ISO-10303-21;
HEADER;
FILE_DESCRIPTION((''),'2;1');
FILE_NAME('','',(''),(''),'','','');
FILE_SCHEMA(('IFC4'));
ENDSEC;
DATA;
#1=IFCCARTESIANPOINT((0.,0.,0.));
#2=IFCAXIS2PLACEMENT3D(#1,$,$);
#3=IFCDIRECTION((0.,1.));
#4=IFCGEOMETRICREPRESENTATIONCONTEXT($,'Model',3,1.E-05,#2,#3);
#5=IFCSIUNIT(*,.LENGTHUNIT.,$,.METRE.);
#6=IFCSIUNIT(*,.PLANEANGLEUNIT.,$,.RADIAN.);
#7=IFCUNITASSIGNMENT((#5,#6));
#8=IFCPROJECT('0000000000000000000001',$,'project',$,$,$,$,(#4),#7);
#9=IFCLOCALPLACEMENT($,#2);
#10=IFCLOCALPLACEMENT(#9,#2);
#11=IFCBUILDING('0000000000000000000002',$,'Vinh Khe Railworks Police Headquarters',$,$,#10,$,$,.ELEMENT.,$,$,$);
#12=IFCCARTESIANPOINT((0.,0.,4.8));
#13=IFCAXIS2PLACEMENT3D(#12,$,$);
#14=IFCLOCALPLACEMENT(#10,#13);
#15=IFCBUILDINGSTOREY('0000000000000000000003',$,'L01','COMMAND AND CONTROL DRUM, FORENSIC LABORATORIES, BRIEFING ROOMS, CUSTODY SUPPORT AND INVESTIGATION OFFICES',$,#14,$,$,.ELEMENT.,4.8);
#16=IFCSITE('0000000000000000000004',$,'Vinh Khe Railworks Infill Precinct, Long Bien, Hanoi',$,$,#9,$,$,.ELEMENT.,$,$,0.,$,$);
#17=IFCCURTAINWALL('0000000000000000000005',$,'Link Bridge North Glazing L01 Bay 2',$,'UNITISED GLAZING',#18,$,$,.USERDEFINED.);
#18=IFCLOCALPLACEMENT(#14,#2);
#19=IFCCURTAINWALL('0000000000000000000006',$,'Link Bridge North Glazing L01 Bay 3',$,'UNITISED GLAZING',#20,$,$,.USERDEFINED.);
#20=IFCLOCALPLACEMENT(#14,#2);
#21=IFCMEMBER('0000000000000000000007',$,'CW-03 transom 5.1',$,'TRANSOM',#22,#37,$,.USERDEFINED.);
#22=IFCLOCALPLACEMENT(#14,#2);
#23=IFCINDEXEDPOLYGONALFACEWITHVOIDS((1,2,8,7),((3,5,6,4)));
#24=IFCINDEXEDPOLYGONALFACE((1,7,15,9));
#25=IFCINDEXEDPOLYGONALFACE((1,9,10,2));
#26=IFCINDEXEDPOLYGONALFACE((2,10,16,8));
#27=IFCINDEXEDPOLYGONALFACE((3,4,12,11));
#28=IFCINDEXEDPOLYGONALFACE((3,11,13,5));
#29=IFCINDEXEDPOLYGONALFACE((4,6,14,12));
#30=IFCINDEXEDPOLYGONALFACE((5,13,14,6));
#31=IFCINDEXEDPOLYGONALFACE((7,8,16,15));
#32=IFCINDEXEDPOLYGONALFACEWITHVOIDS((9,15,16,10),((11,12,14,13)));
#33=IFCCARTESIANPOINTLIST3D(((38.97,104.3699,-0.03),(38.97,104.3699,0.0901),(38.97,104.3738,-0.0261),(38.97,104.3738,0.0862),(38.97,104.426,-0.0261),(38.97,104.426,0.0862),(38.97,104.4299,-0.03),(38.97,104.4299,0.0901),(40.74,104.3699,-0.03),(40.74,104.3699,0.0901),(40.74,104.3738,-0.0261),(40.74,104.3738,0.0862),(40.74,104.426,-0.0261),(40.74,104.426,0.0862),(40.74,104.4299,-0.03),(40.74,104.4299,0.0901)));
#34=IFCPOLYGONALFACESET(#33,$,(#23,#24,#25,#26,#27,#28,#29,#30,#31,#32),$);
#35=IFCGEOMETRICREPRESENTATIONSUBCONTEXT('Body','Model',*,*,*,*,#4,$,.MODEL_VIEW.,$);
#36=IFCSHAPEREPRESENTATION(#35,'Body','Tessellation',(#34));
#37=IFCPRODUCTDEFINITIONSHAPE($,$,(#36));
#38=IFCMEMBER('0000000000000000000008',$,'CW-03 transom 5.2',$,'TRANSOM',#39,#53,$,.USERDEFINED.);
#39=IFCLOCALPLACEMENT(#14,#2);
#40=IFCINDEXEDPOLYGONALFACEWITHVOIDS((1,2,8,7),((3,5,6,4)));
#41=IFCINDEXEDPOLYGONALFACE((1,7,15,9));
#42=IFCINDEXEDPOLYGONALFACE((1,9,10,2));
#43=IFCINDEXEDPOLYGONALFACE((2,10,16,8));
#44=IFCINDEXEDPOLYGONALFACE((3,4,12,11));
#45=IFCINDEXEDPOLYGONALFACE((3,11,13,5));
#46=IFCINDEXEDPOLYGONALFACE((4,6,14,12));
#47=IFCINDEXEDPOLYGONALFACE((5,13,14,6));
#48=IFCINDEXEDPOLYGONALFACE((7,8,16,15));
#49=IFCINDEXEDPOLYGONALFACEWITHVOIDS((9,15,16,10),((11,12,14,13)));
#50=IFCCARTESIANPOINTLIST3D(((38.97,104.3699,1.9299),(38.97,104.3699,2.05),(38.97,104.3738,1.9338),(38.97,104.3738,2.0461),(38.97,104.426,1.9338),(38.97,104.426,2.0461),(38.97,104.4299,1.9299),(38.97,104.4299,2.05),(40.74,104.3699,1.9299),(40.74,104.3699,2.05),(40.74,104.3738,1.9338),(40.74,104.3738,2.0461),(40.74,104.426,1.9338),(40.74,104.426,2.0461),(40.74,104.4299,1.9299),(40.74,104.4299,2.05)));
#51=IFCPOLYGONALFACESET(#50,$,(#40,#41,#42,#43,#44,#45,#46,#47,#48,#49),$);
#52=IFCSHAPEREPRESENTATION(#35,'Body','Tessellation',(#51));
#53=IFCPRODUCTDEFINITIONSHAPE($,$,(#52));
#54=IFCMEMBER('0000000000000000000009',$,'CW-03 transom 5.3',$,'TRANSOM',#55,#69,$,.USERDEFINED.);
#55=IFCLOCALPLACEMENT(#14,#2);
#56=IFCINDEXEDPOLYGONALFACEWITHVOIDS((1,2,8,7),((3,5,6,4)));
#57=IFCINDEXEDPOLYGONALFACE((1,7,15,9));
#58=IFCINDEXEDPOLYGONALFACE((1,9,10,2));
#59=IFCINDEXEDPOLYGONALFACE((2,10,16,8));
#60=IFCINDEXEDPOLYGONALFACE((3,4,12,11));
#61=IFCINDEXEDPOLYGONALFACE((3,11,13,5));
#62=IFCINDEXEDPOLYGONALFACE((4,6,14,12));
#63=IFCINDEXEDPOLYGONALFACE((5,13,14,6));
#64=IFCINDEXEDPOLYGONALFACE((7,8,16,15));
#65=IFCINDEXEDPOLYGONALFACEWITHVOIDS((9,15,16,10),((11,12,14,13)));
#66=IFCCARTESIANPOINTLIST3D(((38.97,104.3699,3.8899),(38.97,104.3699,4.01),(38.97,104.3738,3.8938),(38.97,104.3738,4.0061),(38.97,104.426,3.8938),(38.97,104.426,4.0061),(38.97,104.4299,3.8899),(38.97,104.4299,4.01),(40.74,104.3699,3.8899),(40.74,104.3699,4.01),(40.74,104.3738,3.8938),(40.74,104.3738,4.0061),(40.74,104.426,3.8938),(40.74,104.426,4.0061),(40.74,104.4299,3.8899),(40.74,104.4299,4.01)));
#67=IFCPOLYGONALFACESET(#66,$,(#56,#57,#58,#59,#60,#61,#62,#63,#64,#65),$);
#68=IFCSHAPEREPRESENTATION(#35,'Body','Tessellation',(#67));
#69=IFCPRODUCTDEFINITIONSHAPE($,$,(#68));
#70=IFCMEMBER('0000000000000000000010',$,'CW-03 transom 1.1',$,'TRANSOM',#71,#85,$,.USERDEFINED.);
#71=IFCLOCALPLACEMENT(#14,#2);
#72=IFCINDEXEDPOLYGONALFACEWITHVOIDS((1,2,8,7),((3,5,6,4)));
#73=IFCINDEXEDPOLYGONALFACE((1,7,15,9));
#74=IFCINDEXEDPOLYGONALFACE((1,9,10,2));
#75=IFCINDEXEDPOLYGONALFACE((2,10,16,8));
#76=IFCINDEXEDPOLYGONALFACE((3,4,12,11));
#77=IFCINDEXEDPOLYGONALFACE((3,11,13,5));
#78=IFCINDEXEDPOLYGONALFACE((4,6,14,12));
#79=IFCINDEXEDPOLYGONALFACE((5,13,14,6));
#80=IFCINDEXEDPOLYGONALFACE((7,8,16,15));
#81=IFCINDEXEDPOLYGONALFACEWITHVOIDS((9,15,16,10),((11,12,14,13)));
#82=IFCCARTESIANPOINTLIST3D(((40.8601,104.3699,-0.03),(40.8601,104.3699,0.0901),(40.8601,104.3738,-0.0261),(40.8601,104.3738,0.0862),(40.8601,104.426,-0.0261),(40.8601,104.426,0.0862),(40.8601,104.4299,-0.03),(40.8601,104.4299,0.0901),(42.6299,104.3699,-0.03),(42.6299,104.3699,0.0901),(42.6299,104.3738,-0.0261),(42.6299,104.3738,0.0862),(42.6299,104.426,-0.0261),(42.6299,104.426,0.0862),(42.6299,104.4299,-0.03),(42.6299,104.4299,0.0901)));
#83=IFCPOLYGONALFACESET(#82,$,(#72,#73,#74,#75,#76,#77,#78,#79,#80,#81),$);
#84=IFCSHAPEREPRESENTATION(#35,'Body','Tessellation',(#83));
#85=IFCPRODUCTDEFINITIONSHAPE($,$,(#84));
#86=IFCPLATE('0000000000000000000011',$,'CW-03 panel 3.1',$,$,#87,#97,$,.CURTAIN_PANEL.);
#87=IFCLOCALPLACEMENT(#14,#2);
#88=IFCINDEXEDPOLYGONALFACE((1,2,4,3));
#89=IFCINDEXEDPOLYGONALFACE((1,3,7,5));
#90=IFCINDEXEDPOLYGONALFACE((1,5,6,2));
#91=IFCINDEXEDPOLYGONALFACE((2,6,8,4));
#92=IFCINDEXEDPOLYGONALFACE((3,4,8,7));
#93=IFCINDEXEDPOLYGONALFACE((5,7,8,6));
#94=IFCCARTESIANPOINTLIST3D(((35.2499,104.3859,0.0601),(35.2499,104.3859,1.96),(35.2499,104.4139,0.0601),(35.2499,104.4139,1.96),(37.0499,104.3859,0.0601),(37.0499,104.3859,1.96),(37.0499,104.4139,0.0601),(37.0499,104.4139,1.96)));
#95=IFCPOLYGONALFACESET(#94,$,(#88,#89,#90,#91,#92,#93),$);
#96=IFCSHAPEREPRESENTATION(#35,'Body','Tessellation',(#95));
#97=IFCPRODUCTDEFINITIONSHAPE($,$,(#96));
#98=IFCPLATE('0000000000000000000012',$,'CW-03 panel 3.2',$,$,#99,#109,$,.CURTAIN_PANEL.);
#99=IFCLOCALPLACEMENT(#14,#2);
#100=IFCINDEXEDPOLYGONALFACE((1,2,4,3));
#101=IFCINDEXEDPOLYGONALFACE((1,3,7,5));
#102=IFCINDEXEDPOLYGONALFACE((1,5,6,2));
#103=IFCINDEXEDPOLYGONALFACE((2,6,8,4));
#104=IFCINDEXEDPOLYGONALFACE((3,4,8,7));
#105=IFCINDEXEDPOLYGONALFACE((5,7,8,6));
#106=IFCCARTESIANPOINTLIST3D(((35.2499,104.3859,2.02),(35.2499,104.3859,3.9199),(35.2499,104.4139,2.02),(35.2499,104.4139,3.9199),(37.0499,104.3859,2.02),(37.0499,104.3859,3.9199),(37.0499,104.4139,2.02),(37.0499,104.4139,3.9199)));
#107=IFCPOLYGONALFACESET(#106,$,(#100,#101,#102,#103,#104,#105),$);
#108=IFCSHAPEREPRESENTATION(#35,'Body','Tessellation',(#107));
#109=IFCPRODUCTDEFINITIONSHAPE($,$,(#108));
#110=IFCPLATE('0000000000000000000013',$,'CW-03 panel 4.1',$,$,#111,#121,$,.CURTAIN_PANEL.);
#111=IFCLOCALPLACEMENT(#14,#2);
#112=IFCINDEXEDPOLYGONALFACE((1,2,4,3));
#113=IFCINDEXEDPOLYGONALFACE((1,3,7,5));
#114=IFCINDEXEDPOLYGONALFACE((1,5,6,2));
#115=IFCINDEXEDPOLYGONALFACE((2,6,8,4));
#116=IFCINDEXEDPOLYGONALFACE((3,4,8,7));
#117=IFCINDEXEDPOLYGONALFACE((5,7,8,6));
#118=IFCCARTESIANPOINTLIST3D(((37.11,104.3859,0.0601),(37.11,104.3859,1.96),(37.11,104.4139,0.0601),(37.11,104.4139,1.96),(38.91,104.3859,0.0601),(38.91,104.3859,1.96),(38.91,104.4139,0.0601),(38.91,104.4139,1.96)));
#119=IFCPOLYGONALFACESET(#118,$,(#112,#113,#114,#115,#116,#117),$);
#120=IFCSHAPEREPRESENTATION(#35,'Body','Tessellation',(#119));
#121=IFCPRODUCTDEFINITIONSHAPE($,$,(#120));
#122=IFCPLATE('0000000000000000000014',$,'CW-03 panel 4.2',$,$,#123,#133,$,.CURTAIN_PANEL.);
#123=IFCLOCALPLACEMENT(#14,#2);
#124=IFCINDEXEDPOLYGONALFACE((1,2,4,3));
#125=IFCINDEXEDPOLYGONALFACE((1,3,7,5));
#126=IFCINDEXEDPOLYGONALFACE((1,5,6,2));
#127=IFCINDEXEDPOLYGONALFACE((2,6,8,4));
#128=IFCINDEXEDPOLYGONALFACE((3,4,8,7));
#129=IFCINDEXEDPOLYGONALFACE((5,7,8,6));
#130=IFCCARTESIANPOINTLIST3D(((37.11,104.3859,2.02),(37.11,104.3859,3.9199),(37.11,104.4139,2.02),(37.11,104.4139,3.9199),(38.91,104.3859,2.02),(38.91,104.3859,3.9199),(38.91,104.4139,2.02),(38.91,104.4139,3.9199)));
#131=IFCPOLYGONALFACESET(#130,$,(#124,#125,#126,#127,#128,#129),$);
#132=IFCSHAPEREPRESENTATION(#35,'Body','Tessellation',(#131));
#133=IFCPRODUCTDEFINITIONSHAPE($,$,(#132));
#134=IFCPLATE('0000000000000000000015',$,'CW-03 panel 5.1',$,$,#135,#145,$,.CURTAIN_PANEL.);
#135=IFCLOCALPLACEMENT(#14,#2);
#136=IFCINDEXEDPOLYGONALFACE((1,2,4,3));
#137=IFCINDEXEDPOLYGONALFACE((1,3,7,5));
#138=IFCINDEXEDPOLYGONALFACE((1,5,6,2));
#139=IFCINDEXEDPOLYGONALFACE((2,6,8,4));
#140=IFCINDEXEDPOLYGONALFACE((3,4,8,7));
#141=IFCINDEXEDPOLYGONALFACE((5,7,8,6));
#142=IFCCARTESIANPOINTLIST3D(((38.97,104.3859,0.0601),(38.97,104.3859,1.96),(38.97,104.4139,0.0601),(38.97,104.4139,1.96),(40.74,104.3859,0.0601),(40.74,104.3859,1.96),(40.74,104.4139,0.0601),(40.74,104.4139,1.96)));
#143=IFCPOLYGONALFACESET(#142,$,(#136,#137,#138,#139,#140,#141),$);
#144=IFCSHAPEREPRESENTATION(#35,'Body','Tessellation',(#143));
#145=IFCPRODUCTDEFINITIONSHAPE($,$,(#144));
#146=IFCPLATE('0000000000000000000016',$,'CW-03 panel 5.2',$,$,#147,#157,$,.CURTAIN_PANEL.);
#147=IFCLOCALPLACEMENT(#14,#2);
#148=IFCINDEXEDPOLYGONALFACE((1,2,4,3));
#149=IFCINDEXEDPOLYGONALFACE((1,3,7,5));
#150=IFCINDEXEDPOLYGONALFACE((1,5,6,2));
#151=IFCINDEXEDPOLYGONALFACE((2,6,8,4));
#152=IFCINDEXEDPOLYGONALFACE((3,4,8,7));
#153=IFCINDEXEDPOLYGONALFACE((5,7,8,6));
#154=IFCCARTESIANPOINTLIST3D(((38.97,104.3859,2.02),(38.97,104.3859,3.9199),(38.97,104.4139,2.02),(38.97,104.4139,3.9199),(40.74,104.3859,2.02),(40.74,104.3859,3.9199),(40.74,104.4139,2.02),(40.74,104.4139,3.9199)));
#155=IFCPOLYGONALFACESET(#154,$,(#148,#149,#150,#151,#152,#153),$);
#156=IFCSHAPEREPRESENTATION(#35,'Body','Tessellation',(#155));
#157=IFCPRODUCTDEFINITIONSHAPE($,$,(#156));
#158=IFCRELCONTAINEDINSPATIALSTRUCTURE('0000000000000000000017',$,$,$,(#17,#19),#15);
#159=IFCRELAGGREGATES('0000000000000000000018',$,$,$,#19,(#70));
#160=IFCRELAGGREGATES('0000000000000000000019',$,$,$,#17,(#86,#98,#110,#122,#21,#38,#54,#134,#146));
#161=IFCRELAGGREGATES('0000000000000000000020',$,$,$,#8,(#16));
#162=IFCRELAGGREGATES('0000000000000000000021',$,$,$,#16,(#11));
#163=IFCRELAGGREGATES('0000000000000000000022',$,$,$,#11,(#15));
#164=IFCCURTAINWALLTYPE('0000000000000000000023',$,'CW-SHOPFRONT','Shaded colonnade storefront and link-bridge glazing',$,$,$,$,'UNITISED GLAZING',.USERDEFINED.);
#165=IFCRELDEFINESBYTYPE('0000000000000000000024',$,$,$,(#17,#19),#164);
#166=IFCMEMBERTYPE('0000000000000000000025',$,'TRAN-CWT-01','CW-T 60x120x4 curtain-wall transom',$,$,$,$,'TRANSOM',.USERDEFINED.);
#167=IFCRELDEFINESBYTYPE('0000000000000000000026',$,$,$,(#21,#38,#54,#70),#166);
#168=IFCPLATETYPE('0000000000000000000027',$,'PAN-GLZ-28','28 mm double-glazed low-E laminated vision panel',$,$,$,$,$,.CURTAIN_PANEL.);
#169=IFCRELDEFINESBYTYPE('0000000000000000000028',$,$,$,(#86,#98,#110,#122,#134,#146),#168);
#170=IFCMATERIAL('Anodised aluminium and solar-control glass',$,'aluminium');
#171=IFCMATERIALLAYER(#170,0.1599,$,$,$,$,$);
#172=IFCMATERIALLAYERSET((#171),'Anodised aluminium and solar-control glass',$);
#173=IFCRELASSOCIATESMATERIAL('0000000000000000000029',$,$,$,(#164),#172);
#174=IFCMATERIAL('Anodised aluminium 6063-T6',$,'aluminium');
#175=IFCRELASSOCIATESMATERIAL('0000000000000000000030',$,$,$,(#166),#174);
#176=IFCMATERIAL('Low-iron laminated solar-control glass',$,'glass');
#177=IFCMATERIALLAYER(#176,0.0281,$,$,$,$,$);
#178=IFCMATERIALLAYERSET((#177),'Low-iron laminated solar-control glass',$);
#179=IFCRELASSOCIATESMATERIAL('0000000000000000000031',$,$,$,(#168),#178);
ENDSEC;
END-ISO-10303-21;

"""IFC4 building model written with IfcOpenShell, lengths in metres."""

from ifc_helpers import new_model, si_unit, direction, frame, origin, origin_2d, place, context, subcontext, project, spatial, rectangle, hollow_rectangle, extrude, material, layer, layer_set, material_profile, profile_set, type_object, element, aggregate, save


model = new_model("IFC4")

# Units and contexts
model_context = context("Model", 3, precision=1e-05, world=origin(), true_north=direction((0.0, 1.0)))
body_context = subcontext(model_context, "Body", "Model", "MODEL_VIEW")
ifc_project = project(units=[si_unit("LENGTHUNIT", "METRE"), si_unit("PLANEANGLEUNIT", "RADIAN")], contexts=[model_context])

# Site, building, storey
site_placement = place(None, origin())
site = spatial("IfcSite", under=ifc_project, at=site_placement, Name="Vinh Khe Railworks Infill Precinct, Long Bien, Hanoi", CompositionType="ELEMENT", RefElevation=0.0)
building_placement = place(site_placement, origin())
building = spatial("IfcBuilding", under=site, at=building_placement, Name="Vinh Khe Railworks Police Headquarters", CompositionType="ELEMENT")
storey_placement = place(building_placement, frame((0.0, 0.0, 4.8)))
storey = spatial("IfcBuildingStorey", under=building, at=storey_placement, Name="L01", Description="COMMAND AND CONTROL DRUM, FORENSIC LABORATORIES, BRIEFING ROOMS, CUSTODY SUPPORT AND INVESTIGATION OFFICES", CompositionType="ELEMENT", Elevation=4.8)

# Curtain wall
ifc_material_1 = material(Name="Anodised aluminium and solar-control glass", Category="aluminium")
ifc_layer_1 = layer(ifc_material_1, 0.1599)
ifc_layer_set_1 = layer_set([ifc_layer_1], Name="Anodised aluminium and solar-control glass")
curtain_wall_type = type_object("IfcCurtainWallType", Name="CW-SHOPFRONT", Description="Shaded colonnade storefront and link-bridge glazing", ElementType="UNITISED GLAZING", PredefinedType="USERDEFINED", material=ifc_layer_set_1)
curtain_wall_1_placement = place(storey_placement, origin())
curtain_wall_1 = element("IfcCurtainWall", 1, at=curtain_wall_1_placement, inside=storey, type_object=curtain_wall_type, Name="Link Bridge North Glazing L01 Bay 2", ObjectType="UNITISED GLAZING", PredefinedType="USERDEFINED")
ifc_material_2 = material(Name="Anodised aluminium 6063-T6", Category="aluminium")

# Curtain wall
curtain_wall_2_placement = place(storey_placement, origin())
curtain_wall_2 = element("IfcCurtainWall", 2, at=curtain_wall_2_placement, inside=storey, type_object=curtain_wall_type, Name="Link Bridge North Glazing L01 Bay 3", ObjectType="UNITISED GLAZING", PredefinedType="USERDEFINED")

# Members
ifc_material_profile_1 = material_profile(ifc_material_2, hollow_rectangle(XDim=0.0601, YDim=0.1201, WallThickness=0.0039, at=origin_2d()), Name="CW-T 60x120x4")
ifc_profile_set_1 = profile_set([ifc_material_profile_1], Name="Anodised aluminium 6063-T6")
member_type_1 = type_object("IfcMemberType", Name="TRAN-CWT-01", Description="CW-T 60x120x4 curtain-wall transom", ElementType="TRANSOM", PredefinedType="USERDEFINED", material=ifc_profile_set_1)
member_1_placement = place(storey_placement, frame((38.97, 104.3999, 0.03), z_axis=(1.0, 0.0, 0.0), x_axis=(0.0, 1.0, 0.0)))
member_1 = element("IfcMember", 3, at=member_1_placement, type_object=member_type_1, Name="CW-03 transom 5.1", ObjectType="TRANSOM", PredefinedType="USERDEFINED", context=body_context, shape_type="SweptSolid", body=[
    extrude(hollow_rectangle(XDim=0.0601, YDim=0.1201, WallThickness=0.0039, at=origin_2d()), origin(), (0.0, 0.0, 1.0), 1.77),
])
member_2_placement = place(storey_placement, frame((38.97, 104.3999, 1.99), z_axis=(1.0, 0.0, 0.0), x_axis=(0.0, 1.0, 0.0)))
member_2 = element("IfcMember", 4, at=member_2_placement, type_object=member_type_1, Name="CW-03 transom 5.2", ObjectType="TRANSOM", PredefinedType="USERDEFINED", context=body_context, shape_type="SweptSolid", body=[
    extrude(hollow_rectangle(XDim=0.0601, YDim=0.1201, WallThickness=0.0039, at=origin_2d()), origin(), (0.0, 0.0, 1.0), 1.77),
])
member_3_placement = place(storey_placement, frame((38.97, 104.3999, 3.95), z_axis=(1.0, 0.0, 0.0), x_axis=(0.0, 1.0, 0.0)))
member_3 = element("IfcMember", 5, at=member_3_placement, type_object=member_type_1, Name="CW-03 transom 5.3", ObjectType="TRANSOM", PredefinedType="USERDEFINED", context=body_context, shape_type="SweptSolid", body=[
    extrude(hollow_rectangle(XDim=0.0601, YDim=0.1201, WallThickness=0.0039, at=origin_2d()), origin(), (0.0, 0.0, 1.0), 1.77),
])
member_4_placement = place(storey_placement, frame((40.8601, 104.3999, 0.03), z_axis=(1.0, 0.0, 0.0), x_axis=(0.0, 1.0, 0.0)))
member_4 = element("IfcMember", 6, at=member_4_placement, type_object=member_type_1, Name="CW-03 transom 1.1", ObjectType="TRANSOM", PredefinedType="USERDEFINED", context=body_context, shape_type="SweptSolid", body=[
    extrude(hollow_rectangle(XDim=0.0601, YDim=0.1201, WallThickness=0.0039, at=origin_2d()), origin(), (0.0, 0.0, 1.0), 1.7698),
])
aggregate(curtain_wall_2, [member_4])

# Plates
ifc_material_3 = material(Name="Low-iron laminated solar-control glass", Category="glass")
ifc_layer_2 = layer(ifc_material_3, 0.0281)
ifc_layer_set_2 = layer_set([ifc_layer_2], Name="Low-iron laminated solar-control glass")
plate_type = type_object("IfcPlateType", Name="PAN-GLZ-28", Description="28 mm double-glazed low-E laminated vision panel", PredefinedType="CURTAIN_PANEL", material=ifc_layer_set_2)
plate_1_placement = place(storey_placement, frame((36.1499, 104.3999, 0.0601), z_axis=(0.0, 0.0, 1.0), x_axis=(1.0, 0.0, 0.0)))
plate_1 = element("IfcPlate", 7, at=plate_1_placement, type_object=plate_type, Name="CW-03 panel 3.1", PredefinedType="CURTAIN_PANEL", context=body_context, shape_type="SweptSolid", body=[
    extrude(rectangle(XDim=1.8, YDim=0.0281, at=origin_2d()), origin(), (0.0, 0.0, 1.0), 1.8999),
])
plate_2_placement = place(storey_placement, frame((36.1499, 104.3999, 2.02), z_axis=(0.0, 0.0, 1.0), x_axis=(1.0, 0.0, 0.0)))
plate_2 = element("IfcPlate", 8, at=plate_2_placement, type_object=plate_type, Name="CW-03 panel 3.2", PredefinedType="CURTAIN_PANEL", context=body_context, shape_type="SweptSolid", body=[
    extrude(rectangle(XDim=1.8, YDim=0.0281, at=origin_2d()), origin(), (0.0, 0.0, 1.0), 1.8999),
])
plate_3_placement = place(storey_placement, frame((38.01, 104.3999, 0.0601), z_axis=(0.0, 0.0, 1.0), x_axis=(1.0, 0.0, 0.0)))
plate_3 = element("IfcPlate", 9, at=plate_3_placement, type_object=plate_type, Name="CW-03 panel 4.1", PredefinedType="CURTAIN_PANEL", context=body_context, shape_type="SweptSolid", body=[
    extrude(rectangle(XDim=1.8, YDim=0.0281, at=origin_2d()), origin(), (0.0, 0.0, 1.0), 1.8999),
])
plate_4_placement = place(storey_placement, frame((38.01, 104.3999, 2.02), z_axis=(0.0, 0.0, 1.0), x_axis=(1.0, 0.0, 0.0)))
plate_4 = element("IfcPlate", 10, at=plate_4_placement, type_object=plate_type, Name="CW-03 panel 4.2", PredefinedType="CURTAIN_PANEL", context=body_context, shape_type="SweptSolid", body=[
    extrude(rectangle(XDim=1.8, YDim=0.0281, at=origin_2d()), origin(), (0.0, 0.0, 1.0), 1.8999),
])
plate_5_placement = place(storey_placement, frame((39.855, 104.3999, 0.0601), z_axis=(0.0, 0.0, 1.0), x_axis=(1.0, 0.0, 0.0)))
plate_5 = element("IfcPlate", 11, at=plate_5_placement, type_object=plate_type, Name="CW-03 panel 5.1", PredefinedType="CURTAIN_PANEL", context=body_context, shape_type="SweptSolid", body=[
    extrude(rectangle(XDim=1.77, YDim=0.0281, at=origin_2d()), origin(), (0.0, 0.0, 1.0), 1.8999),
])
plate_6_placement = place(storey_placement, frame((39.855, 104.3999, 2.02), z_axis=(0.0, 0.0, 1.0), x_axis=(1.0, 0.0, 0.0)))
plate_6 = element("IfcPlate", 12, at=plate_6_placement, type_object=plate_type, Name="CW-03 panel 5.2", PredefinedType="CURTAIN_PANEL", context=body_context, shape_type="SweptSolid", body=[
    extrude(rectangle(XDim=1.77, YDim=0.0281, at=origin_2d()), origin(), (0.0, 0.0, 1.0), 1.8999),
])
aggregate(curtain_wall_1, [plate_1, plate_2, plate_3, plate_4, member_1, member_2, member_3, plate_5, plate_6])

save(model, "model.ifc")
